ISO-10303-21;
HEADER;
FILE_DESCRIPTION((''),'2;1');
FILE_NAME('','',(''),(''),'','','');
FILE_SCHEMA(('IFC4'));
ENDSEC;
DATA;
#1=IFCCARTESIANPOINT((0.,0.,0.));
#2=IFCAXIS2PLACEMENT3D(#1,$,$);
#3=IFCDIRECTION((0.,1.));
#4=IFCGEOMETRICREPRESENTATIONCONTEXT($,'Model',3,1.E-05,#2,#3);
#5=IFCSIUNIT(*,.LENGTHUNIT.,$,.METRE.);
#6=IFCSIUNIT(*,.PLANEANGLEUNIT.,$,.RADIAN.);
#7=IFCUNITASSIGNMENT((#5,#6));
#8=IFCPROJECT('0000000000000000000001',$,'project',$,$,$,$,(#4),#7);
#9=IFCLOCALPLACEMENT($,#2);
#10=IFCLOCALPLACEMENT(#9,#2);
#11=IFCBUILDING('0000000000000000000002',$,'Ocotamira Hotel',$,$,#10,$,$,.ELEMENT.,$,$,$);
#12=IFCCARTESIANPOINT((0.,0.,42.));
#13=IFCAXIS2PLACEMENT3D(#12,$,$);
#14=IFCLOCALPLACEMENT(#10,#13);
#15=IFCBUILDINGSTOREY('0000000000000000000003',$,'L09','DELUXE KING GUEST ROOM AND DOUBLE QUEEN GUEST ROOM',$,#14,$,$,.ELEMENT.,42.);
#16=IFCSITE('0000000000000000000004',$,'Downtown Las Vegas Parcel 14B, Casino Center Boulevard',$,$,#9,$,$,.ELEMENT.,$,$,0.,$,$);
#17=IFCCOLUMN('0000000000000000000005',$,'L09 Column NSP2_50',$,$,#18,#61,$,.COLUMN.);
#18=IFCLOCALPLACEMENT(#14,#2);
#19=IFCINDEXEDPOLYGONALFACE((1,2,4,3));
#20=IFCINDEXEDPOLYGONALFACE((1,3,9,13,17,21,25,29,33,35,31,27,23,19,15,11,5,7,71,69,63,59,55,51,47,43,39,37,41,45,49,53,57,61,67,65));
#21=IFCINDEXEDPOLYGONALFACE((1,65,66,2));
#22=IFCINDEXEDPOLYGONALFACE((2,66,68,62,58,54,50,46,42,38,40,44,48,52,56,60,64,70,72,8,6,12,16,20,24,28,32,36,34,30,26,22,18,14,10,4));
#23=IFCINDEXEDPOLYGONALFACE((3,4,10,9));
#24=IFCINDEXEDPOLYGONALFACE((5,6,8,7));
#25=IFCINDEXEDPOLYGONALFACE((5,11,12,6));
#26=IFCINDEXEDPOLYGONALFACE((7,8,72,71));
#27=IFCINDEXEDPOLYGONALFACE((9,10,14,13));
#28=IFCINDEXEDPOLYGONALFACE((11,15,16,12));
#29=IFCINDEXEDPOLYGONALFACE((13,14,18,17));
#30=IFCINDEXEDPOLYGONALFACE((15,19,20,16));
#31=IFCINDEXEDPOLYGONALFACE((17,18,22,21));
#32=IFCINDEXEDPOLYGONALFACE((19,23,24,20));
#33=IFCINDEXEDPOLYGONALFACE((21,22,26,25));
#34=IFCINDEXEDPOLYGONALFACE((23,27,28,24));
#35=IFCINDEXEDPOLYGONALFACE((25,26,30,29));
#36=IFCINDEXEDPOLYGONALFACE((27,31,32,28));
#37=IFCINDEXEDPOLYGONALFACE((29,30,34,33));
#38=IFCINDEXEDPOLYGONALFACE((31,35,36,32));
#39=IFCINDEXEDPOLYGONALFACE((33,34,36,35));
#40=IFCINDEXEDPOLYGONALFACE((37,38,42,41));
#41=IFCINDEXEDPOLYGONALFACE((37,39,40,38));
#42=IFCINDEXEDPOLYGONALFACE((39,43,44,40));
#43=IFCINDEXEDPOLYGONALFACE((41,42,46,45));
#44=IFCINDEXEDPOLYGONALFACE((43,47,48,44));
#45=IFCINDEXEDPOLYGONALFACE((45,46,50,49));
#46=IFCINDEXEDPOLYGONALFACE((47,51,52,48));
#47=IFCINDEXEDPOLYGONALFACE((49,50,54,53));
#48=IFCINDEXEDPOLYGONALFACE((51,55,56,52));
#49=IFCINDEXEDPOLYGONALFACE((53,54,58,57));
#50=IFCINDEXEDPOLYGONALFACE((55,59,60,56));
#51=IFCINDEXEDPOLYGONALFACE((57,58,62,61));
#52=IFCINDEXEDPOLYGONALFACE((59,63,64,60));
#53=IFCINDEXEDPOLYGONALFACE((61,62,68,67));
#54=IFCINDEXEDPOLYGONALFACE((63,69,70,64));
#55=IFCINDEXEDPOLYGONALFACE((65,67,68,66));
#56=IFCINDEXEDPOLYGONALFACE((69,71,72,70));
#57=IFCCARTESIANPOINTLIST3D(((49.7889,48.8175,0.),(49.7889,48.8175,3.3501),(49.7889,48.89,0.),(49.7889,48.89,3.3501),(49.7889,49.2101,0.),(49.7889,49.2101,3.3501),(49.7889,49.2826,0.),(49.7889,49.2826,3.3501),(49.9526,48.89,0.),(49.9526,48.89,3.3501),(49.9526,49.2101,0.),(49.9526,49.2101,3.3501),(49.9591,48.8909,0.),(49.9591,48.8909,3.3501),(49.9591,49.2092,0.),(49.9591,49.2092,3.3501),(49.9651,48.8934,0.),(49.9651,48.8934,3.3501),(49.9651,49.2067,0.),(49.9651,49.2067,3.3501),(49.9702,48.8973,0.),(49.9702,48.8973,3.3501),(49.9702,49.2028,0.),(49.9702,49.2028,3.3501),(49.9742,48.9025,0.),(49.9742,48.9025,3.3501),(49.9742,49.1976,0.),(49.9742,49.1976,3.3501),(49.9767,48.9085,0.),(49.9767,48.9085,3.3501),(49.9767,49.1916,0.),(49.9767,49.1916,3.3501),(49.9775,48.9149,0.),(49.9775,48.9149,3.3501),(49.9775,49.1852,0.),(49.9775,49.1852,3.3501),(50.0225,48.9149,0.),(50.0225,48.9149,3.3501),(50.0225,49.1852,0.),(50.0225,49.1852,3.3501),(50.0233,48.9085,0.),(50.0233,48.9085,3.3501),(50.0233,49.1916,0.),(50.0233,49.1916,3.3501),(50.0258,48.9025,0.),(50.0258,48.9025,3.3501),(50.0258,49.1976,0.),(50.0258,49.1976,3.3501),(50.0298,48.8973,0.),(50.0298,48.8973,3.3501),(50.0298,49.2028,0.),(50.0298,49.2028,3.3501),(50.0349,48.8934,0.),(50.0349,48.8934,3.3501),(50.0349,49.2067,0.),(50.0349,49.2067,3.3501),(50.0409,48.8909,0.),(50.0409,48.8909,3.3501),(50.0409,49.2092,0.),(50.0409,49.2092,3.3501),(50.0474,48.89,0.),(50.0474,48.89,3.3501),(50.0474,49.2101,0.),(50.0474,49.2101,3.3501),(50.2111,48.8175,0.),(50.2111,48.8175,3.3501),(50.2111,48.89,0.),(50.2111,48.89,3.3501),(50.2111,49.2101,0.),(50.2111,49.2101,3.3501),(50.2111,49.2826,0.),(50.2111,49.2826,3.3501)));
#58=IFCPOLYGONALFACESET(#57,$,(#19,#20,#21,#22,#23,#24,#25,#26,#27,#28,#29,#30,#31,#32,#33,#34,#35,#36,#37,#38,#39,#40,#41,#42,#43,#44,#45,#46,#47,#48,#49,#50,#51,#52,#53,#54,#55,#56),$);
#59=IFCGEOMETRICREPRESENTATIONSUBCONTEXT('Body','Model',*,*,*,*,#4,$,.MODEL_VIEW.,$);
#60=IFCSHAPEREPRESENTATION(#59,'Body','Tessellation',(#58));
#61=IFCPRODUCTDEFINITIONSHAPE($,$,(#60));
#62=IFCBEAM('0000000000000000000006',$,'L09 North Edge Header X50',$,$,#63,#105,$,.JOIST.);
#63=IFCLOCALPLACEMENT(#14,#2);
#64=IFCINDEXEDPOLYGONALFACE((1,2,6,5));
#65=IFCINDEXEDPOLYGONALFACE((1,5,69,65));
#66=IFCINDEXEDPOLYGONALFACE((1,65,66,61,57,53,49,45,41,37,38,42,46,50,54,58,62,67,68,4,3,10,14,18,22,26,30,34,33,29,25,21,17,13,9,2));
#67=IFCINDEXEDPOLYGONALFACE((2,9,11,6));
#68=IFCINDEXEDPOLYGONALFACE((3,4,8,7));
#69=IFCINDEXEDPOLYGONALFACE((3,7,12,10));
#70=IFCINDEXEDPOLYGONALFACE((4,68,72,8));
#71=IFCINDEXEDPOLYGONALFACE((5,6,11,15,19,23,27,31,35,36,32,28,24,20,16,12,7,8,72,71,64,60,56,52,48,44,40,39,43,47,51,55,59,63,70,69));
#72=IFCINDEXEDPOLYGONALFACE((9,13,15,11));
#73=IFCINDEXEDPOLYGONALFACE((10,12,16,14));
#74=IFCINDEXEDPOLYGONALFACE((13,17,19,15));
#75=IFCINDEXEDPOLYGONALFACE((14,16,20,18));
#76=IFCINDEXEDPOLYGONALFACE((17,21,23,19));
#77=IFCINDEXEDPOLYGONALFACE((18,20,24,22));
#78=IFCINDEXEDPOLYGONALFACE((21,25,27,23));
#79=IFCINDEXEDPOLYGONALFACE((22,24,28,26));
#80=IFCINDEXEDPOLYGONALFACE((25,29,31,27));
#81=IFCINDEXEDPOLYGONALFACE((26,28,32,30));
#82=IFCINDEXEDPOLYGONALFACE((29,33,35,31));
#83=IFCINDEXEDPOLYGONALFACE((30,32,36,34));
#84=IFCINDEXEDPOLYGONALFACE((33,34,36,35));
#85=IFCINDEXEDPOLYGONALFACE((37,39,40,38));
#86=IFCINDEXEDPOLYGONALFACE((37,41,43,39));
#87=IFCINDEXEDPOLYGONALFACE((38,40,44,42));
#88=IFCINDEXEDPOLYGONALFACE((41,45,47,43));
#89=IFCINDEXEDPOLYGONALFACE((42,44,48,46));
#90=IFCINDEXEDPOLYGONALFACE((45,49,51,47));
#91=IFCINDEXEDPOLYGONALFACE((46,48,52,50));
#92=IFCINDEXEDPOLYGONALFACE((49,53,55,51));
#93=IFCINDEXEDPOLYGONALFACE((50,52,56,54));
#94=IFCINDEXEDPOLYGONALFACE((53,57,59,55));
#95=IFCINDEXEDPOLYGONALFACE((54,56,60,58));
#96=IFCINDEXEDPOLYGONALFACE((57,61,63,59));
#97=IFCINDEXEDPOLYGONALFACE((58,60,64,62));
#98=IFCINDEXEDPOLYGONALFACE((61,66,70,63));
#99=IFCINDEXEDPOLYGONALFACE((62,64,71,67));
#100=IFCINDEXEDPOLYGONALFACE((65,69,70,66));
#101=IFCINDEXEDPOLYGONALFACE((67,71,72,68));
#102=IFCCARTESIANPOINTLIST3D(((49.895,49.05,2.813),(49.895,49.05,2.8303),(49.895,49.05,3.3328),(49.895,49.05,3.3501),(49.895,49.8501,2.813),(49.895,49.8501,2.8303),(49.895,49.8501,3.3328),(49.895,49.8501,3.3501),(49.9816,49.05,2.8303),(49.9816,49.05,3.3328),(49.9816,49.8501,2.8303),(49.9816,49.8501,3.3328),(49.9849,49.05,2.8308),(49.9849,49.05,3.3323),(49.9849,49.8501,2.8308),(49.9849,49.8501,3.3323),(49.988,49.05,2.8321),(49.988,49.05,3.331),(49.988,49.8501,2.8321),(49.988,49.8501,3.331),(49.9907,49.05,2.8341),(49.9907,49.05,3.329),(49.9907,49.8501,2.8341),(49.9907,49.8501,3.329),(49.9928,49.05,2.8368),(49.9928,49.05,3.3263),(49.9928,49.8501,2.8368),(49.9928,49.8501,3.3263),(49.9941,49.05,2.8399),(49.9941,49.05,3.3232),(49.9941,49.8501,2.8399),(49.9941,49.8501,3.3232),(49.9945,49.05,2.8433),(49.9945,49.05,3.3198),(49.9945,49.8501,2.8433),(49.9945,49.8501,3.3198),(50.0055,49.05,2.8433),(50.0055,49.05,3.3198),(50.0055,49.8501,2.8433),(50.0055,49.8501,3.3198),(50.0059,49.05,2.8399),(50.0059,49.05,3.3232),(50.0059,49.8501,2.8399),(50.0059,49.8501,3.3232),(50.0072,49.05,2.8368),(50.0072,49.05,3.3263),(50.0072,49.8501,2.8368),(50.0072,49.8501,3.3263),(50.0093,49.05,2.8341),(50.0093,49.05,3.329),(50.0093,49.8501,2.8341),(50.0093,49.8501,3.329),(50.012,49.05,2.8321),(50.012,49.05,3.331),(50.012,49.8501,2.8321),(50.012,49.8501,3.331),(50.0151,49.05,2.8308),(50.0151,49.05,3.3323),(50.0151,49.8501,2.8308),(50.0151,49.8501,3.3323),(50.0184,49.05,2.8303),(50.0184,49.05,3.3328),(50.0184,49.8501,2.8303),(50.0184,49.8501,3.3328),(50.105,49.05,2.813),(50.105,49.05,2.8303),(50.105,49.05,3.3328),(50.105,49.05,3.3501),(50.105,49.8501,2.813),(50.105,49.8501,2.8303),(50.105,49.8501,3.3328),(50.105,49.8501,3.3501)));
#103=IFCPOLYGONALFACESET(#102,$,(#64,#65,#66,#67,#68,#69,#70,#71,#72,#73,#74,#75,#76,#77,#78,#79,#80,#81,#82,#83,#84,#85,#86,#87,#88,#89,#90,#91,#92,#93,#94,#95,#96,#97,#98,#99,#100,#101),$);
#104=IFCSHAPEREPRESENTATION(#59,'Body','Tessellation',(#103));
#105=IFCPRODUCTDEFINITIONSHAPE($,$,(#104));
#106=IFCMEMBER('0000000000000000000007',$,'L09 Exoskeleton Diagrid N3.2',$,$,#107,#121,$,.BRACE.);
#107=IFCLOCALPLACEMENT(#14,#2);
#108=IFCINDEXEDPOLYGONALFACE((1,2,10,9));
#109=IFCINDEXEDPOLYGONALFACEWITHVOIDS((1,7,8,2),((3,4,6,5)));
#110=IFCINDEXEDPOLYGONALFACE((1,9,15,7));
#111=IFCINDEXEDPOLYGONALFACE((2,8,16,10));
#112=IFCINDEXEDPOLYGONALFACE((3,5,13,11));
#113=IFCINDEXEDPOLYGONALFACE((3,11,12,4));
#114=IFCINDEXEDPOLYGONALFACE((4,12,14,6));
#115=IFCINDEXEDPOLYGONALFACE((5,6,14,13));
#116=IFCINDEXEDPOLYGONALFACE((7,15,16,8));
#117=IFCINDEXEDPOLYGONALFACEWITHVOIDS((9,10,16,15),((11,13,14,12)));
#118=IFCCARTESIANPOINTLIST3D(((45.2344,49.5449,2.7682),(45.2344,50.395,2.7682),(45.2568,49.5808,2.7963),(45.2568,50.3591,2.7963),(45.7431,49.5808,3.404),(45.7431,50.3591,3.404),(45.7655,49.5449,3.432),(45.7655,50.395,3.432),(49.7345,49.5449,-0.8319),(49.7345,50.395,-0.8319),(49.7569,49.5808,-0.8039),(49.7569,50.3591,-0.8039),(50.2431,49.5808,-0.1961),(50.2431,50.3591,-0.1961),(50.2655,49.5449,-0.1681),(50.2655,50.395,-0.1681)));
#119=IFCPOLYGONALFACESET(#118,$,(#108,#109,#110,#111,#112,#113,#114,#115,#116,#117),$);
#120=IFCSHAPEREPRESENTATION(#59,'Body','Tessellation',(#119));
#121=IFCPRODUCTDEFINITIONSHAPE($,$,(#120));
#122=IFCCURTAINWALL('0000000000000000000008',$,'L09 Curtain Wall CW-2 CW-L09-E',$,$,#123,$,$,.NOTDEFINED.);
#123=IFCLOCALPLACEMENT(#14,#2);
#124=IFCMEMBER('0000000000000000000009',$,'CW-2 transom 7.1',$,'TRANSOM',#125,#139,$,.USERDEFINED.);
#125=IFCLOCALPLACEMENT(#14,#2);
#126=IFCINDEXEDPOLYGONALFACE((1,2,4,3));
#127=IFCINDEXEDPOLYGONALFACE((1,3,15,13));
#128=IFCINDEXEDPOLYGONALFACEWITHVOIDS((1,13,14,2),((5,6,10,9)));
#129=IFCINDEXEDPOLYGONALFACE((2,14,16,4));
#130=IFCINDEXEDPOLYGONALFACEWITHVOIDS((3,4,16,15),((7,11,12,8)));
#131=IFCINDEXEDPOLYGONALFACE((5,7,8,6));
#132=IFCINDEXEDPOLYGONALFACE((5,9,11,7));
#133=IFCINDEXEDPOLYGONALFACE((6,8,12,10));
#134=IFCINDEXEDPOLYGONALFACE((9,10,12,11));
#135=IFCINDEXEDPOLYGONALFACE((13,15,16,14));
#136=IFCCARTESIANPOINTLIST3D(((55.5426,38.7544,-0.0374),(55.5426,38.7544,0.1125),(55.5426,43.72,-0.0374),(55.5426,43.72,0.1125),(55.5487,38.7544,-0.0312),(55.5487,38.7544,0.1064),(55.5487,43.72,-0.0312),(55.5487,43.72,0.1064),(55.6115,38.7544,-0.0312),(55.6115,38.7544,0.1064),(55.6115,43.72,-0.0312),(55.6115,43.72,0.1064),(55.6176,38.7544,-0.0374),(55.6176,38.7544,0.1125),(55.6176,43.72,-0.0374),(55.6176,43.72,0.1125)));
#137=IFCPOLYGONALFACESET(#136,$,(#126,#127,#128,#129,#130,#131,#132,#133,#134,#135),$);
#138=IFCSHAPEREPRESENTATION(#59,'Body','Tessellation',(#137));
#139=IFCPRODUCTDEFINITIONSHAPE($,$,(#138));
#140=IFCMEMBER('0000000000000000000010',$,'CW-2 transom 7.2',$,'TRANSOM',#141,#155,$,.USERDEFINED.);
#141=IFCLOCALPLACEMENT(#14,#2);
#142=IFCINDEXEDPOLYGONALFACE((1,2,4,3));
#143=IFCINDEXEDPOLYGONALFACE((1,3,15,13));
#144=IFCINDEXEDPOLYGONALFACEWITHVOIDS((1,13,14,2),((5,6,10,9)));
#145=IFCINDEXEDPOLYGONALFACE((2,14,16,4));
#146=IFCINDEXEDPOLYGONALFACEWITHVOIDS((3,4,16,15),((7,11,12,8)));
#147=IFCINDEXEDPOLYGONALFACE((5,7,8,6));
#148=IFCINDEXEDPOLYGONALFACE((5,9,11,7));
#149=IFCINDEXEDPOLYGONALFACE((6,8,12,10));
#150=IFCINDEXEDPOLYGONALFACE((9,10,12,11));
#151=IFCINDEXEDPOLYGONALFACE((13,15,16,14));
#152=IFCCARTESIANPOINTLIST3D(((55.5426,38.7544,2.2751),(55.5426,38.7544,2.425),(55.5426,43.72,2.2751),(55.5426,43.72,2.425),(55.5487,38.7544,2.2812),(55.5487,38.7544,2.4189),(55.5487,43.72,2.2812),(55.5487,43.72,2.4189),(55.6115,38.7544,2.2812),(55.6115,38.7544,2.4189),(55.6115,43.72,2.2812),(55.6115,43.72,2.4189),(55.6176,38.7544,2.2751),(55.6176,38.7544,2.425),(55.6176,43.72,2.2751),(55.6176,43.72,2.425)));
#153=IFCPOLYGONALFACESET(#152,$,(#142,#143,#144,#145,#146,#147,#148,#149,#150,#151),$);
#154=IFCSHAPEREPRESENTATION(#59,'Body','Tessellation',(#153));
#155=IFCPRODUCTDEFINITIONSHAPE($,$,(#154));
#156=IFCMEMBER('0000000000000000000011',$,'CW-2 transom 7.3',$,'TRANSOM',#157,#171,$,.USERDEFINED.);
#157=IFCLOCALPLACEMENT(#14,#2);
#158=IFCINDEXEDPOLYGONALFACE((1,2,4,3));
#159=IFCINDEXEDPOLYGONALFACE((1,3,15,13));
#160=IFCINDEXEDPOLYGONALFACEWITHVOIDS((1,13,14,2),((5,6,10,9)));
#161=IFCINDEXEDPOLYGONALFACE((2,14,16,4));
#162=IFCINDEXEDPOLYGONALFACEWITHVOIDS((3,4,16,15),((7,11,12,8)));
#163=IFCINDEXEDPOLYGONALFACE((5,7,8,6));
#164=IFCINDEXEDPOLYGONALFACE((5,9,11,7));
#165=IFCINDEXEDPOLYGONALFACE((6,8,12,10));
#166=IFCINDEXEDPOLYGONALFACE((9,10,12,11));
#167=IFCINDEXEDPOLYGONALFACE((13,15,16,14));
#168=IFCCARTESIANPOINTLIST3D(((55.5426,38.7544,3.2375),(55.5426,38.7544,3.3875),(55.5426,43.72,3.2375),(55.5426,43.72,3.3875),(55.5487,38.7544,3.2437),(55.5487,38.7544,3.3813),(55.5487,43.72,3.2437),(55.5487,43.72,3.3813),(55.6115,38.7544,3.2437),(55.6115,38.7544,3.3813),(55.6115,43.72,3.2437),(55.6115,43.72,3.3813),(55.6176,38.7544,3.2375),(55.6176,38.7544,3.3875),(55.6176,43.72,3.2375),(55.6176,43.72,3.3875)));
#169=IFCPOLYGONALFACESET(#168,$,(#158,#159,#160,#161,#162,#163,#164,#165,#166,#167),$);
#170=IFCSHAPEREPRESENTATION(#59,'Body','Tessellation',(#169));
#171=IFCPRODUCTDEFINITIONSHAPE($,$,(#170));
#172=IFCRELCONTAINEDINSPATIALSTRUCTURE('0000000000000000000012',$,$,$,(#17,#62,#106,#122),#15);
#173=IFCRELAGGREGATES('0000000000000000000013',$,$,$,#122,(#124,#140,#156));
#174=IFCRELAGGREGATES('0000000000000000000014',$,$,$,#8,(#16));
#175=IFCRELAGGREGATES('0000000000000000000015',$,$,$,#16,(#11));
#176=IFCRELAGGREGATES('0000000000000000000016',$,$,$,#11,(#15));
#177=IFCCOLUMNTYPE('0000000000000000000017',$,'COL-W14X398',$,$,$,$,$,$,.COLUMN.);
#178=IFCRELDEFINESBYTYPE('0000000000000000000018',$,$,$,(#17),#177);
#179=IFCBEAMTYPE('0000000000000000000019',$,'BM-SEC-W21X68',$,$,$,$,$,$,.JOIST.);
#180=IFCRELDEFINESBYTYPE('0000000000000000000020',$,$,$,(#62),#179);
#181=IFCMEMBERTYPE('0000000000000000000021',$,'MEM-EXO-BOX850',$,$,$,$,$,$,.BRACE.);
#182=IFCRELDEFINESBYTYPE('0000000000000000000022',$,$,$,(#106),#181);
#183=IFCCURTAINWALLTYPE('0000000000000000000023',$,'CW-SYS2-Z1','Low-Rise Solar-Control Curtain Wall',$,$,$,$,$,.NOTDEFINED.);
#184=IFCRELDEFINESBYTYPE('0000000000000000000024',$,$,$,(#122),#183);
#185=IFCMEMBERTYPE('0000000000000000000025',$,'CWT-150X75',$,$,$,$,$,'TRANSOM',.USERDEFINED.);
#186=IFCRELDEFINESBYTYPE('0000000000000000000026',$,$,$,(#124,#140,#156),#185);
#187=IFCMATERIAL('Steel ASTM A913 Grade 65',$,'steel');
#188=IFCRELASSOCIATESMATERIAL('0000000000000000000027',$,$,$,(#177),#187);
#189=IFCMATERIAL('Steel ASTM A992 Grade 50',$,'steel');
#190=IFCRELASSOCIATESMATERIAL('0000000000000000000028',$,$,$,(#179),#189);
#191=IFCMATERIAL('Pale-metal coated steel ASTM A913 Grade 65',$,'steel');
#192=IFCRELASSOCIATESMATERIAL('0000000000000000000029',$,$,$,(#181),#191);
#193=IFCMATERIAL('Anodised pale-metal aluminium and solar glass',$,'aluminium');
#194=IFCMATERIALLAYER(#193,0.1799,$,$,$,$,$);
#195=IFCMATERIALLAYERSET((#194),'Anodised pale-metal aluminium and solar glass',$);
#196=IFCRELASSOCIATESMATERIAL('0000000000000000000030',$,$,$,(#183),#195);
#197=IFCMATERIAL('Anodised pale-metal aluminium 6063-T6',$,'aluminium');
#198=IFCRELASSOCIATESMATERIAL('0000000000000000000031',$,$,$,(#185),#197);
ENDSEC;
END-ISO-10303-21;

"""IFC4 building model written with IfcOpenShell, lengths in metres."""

from ifc_helpers import new_model, si_unit, direction, frame, origin, origin_2d, place, context, subcontext, project, spatial, hollow_rectangle, i_section, extrude, source, transform, mapped, material, layer, layer_set, material_profile, profile_set, type_object, element, aggregate, save


model = new_model("IFC4")

# Units and contexts
model_context = context("Model", 3, precision=1e-05, world=origin(), true_north=direction((0.0, 1.0)))
body_context = subcontext(model_context, "Body", "Model", "MODEL_VIEW")
ifc_project = project(units=[si_unit("LENGTHUNIT", "METRE"), si_unit("PLANEANGLEUNIT", "RADIAN")], contexts=[model_context])

# Site, building, storey
site_placement = place(None, origin())
site = spatial("IfcSite", under=ifc_project, at=site_placement, Name="Downtown Las Vegas Parcel 14B, Casino Center Boulevard", CompositionType="ELEMENT", RefElevation=0.0)
building_placement = place(site_placement, origin())
building = spatial("IfcBuilding", under=site, at=building_placement, Name="Ocotamira Hotel", CompositionType="ELEMENT")
storey_placement = place(building_placement, frame((0.0, 0.0, 42.0)))
storey = spatial("IfcBuildingStorey", under=building, at=storey_placement, Name="L09", Description="DELUXE KING GUEST ROOM AND DOUBLE QUEEN GUEST ROOM", CompositionType="ELEMENT", Elevation=42.0)

# Column
ifc_material_1 = material(Name="Steel ASTM A913 Grade 65", Category="steel")
ifc_material_profile_1 = material_profile(ifc_material_1, i_section(OverallWidth=0.4221, OverallDepth=0.4651, WebThickness=0.0449, FlangeThickness=0.0725, FilletRadius=0.0249, at=origin_2d()), Name="W14X398")
ifc_profile_set_1 = profile_set([ifc_material_profile_1], Name="Steel ASTM A913 Grade 65")
column_type = type_object("IfcColumnType", Name="COL-W14X398", PredefinedType="COLUMN", material=ifc_profile_set_1)
shared_shape_1 = source(origin(), body_context, "Body", "SweptSolid", [
    extrude(i_section(OverallWidth=0.4221, OverallDepth=0.4651, WebThickness=0.0449, FlangeThickness=0.0725, FilletRadius=0.0249, at=origin_2d()), origin(), (0.0, 0.0, 1.0), 3.3501),
])
column_placement = place(storey_placement, frame((50.0, 49.05, 0.0), z_axis=(0.0, 0.0, 1.0), x_axis=(1.0, 0.0, 0.0)))
element("IfcColumn", 1, at=column_placement, inside=storey, type_object=column_type, Name="L09 Column NSP2_50", PredefinedType="COLUMN", context=body_context, shape_type="MappedRepresentation", body=[
    mapped(shared_shape_1, transform((0.0, 0.0, 0.0), scale=1.0)),
])

# Beam
ifc_material_2 = material(Name="Steel ASTM A992 Grade 50", Category="steel")
ifc_material_profile_2 = material_profile(ifc_material_2, i_section(OverallWidth=0.21, OverallDepth=0.5371, WebThickness=0.011, FlangeThickness=0.0173, FilletRadius=0.0129, at=origin_2d()), Name="W21X68")
ifc_profile_set_2 = profile_set([ifc_material_profile_2], Name="Steel ASTM A992 Grade 50")
beam_type = type_object("IfcBeamType", Name="BM-SEC-W21X68", PredefinedType="JOIST", material=ifc_profile_set_2)
shared_shape_2 = source(origin(), body_context, "Body", "SweptSolid", [
    extrude(i_section(OverallWidth=0.21, OverallDepth=0.5371, WebThickness=0.011, FlangeThickness=0.0173, FilletRadius=0.0129, at=origin_2d()), origin(), (0.0, 0.0, 1.0), 0.8),
])
beam_placement = place(storey_placement, frame((50.0, 49.05, 3.0815), z_axis=(0.0, 1.0, 0.0), x_axis=(-1.0, 0.0, 0.0)))
element("IfcBeam", 2, at=beam_placement, inside=storey, type_object=beam_type, Name="L09 North Edge Header X50", PredefinedType="JOIST", context=body_context, shape_type="MappedRepresentation", body=[
    mapped(shared_shape_2, transform((0.0, 0.0, 0.0), scale=1.0)),
])

# Member
ifc_material_3 = material(Name="Pale-metal coated steel ASTM A913 Grade 65", Category="steel")
ifc_material_profile_3 = material_profile(ifc_material_3, hollow_rectangle(XDim=0.8501, YDim=0.8501, WallThickness=0.0359, at=origin_2d()), Name="BOX850X850X36")
ifc_profile_set_3 = profile_set([ifc_material_profile_3], Name="Pale-metal coated steel ASTM A913 Grade 65")
member_type_1 = type_object("IfcMemberType", Name="MEM-EXO-BOX850", PredefinedType="BRACE", material=ifc_profile_set_3)
shared_shape_3 = source(origin(), body_context, "Body", "SweptSolid", [
    extrude(hollow_rectangle(XDim=0.8501, YDim=0.8501, WallThickness=0.0359, at=origin_2d()), origin(), (0.0, 0.0, 1.0), 5.7629),
])
member_1_placement = place(storey_placement, frame((50.0, 49.97, -0.5), z_axis=(-0.780861, 0.0, 0.624705), x_axis=(0.0, -1.0, 0.0)))
element("IfcMember", 3, at=member_1_placement, inside=storey, type_object=member_type_1, Name="L09 Exoskeleton Diagrid N3.2", PredefinedType="BRACE", context=body_context, shape_type="MappedRepresentation", body=[
    mapped(shared_shape_3, transform((0.0, 0.0, 0.0), scale=1.0)),
])

# Curtain wall, members
ifc_material_4 = material(Name="Anodised pale-metal aluminium and solar glass", Category="aluminium")
ifc_layer_1 = layer(ifc_material_4, 0.1799)
ifc_layer_set_1 = layer_set([ifc_layer_1], Name="Anodised pale-metal aluminium and solar glass")
curtain_wall_type = type_object("IfcCurtainWallType", Name="CW-SYS2-Z1", Description="Low-Rise Solar-Control Curtain Wall", PredefinedType="NOTDEFINED", material=ifc_layer_set_1)
curtain_wall_placement = place(storey_placement, origin())
curtain_wall = element("IfcCurtainWall", 4, at=curtain_wall_placement, inside=storey, type_object=curtain_wall_type, Name="L09 Curtain Wall CW-2 CW-L09-E", PredefinedType="NOTDEFINED")
ifc_material_5 = material(Name="Anodised pale-metal aluminium 6063-T6", Category="aluminium")
ifc_material_profile_4 = material_profile(ifc_material_5, hollow_rectangle(XDim=0.075, YDim=0.1499, WallThickness=0.0061, at=origin_2d()), Name="HSS150X75X6")
ifc_profile_set_4 = profile_set([ifc_material_profile_4], Name="Anodised pale-metal aluminium 6063-T6")
member_type_2 = type_object("IfcMemberType", Name="CWT-150X75", ElementType="TRANSOM", PredefinedType="USERDEFINED", material=ifc_profile_set_4)
shared_shape_4 = source(origin(), body_context, "Body", "SweptSolid", [
    extrude(hollow_rectangle(XDim=0.075, YDim=0.1499, WallThickness=0.0061, at=origin_2d()), origin(), (0.0, 0.0, 1.0), 4.9656),
])
member_2_placement = place(storey_placement, frame((55.5801, 38.7544, 0.0376), z_axis=(0.0, 1.0, 0.0), x_axis=(-1.0, 0.0, 0.0)))
member_2 = element("IfcMember", 5, at=member_2_placement, type_object=member_type_2, Name="CW-2 transom 7.1", ObjectType="TRANSOM", PredefinedType="USERDEFINED", context=body_context, shape_type="MappedRepresentation", body=[
    mapped(shared_shape_4, transform((0.0, 0.0, 0.0), scale=1.0)),
])
member_3_placement = place(storey_placement, frame((55.5801, 38.7544, 2.3501), z_axis=(0.0, 1.0, 0.0), x_axis=(-1.0, 0.0, 0.0)))
member_3 = element("IfcMember", 6, at=member_3_placement, type_object=member_type_2, Name="CW-2 transom 7.2", ObjectType="TRANSOM", PredefinedType="USERDEFINED", context=body_context, shape_type="MappedRepresentation", body=[
    mapped(shared_shape_4, transform((0.0, 0.0, 0.0), scale=1.0)),
])
member_4_placement = place(storey_placement, frame((55.5801, 38.7544, 3.3125), z_axis=(0.0, 1.0, 0.0), x_axis=(-1.0, 0.0, 0.0)))
member_4 = element("IfcMember", 7, at=member_4_placement, type_object=member_type_2, Name="CW-2 transom 7.3", ObjectType="TRANSOM", PredefinedType="USERDEFINED", context=body_context, shape_type="MappedRepresentation", body=[
    mapped(shared_shape_4, transform((0.0, 0.0, 0.0), scale=1.0)),
])
aggregate(curtain_wall, [member_2, member_3, member_4])

save(model, "model.ifc")
